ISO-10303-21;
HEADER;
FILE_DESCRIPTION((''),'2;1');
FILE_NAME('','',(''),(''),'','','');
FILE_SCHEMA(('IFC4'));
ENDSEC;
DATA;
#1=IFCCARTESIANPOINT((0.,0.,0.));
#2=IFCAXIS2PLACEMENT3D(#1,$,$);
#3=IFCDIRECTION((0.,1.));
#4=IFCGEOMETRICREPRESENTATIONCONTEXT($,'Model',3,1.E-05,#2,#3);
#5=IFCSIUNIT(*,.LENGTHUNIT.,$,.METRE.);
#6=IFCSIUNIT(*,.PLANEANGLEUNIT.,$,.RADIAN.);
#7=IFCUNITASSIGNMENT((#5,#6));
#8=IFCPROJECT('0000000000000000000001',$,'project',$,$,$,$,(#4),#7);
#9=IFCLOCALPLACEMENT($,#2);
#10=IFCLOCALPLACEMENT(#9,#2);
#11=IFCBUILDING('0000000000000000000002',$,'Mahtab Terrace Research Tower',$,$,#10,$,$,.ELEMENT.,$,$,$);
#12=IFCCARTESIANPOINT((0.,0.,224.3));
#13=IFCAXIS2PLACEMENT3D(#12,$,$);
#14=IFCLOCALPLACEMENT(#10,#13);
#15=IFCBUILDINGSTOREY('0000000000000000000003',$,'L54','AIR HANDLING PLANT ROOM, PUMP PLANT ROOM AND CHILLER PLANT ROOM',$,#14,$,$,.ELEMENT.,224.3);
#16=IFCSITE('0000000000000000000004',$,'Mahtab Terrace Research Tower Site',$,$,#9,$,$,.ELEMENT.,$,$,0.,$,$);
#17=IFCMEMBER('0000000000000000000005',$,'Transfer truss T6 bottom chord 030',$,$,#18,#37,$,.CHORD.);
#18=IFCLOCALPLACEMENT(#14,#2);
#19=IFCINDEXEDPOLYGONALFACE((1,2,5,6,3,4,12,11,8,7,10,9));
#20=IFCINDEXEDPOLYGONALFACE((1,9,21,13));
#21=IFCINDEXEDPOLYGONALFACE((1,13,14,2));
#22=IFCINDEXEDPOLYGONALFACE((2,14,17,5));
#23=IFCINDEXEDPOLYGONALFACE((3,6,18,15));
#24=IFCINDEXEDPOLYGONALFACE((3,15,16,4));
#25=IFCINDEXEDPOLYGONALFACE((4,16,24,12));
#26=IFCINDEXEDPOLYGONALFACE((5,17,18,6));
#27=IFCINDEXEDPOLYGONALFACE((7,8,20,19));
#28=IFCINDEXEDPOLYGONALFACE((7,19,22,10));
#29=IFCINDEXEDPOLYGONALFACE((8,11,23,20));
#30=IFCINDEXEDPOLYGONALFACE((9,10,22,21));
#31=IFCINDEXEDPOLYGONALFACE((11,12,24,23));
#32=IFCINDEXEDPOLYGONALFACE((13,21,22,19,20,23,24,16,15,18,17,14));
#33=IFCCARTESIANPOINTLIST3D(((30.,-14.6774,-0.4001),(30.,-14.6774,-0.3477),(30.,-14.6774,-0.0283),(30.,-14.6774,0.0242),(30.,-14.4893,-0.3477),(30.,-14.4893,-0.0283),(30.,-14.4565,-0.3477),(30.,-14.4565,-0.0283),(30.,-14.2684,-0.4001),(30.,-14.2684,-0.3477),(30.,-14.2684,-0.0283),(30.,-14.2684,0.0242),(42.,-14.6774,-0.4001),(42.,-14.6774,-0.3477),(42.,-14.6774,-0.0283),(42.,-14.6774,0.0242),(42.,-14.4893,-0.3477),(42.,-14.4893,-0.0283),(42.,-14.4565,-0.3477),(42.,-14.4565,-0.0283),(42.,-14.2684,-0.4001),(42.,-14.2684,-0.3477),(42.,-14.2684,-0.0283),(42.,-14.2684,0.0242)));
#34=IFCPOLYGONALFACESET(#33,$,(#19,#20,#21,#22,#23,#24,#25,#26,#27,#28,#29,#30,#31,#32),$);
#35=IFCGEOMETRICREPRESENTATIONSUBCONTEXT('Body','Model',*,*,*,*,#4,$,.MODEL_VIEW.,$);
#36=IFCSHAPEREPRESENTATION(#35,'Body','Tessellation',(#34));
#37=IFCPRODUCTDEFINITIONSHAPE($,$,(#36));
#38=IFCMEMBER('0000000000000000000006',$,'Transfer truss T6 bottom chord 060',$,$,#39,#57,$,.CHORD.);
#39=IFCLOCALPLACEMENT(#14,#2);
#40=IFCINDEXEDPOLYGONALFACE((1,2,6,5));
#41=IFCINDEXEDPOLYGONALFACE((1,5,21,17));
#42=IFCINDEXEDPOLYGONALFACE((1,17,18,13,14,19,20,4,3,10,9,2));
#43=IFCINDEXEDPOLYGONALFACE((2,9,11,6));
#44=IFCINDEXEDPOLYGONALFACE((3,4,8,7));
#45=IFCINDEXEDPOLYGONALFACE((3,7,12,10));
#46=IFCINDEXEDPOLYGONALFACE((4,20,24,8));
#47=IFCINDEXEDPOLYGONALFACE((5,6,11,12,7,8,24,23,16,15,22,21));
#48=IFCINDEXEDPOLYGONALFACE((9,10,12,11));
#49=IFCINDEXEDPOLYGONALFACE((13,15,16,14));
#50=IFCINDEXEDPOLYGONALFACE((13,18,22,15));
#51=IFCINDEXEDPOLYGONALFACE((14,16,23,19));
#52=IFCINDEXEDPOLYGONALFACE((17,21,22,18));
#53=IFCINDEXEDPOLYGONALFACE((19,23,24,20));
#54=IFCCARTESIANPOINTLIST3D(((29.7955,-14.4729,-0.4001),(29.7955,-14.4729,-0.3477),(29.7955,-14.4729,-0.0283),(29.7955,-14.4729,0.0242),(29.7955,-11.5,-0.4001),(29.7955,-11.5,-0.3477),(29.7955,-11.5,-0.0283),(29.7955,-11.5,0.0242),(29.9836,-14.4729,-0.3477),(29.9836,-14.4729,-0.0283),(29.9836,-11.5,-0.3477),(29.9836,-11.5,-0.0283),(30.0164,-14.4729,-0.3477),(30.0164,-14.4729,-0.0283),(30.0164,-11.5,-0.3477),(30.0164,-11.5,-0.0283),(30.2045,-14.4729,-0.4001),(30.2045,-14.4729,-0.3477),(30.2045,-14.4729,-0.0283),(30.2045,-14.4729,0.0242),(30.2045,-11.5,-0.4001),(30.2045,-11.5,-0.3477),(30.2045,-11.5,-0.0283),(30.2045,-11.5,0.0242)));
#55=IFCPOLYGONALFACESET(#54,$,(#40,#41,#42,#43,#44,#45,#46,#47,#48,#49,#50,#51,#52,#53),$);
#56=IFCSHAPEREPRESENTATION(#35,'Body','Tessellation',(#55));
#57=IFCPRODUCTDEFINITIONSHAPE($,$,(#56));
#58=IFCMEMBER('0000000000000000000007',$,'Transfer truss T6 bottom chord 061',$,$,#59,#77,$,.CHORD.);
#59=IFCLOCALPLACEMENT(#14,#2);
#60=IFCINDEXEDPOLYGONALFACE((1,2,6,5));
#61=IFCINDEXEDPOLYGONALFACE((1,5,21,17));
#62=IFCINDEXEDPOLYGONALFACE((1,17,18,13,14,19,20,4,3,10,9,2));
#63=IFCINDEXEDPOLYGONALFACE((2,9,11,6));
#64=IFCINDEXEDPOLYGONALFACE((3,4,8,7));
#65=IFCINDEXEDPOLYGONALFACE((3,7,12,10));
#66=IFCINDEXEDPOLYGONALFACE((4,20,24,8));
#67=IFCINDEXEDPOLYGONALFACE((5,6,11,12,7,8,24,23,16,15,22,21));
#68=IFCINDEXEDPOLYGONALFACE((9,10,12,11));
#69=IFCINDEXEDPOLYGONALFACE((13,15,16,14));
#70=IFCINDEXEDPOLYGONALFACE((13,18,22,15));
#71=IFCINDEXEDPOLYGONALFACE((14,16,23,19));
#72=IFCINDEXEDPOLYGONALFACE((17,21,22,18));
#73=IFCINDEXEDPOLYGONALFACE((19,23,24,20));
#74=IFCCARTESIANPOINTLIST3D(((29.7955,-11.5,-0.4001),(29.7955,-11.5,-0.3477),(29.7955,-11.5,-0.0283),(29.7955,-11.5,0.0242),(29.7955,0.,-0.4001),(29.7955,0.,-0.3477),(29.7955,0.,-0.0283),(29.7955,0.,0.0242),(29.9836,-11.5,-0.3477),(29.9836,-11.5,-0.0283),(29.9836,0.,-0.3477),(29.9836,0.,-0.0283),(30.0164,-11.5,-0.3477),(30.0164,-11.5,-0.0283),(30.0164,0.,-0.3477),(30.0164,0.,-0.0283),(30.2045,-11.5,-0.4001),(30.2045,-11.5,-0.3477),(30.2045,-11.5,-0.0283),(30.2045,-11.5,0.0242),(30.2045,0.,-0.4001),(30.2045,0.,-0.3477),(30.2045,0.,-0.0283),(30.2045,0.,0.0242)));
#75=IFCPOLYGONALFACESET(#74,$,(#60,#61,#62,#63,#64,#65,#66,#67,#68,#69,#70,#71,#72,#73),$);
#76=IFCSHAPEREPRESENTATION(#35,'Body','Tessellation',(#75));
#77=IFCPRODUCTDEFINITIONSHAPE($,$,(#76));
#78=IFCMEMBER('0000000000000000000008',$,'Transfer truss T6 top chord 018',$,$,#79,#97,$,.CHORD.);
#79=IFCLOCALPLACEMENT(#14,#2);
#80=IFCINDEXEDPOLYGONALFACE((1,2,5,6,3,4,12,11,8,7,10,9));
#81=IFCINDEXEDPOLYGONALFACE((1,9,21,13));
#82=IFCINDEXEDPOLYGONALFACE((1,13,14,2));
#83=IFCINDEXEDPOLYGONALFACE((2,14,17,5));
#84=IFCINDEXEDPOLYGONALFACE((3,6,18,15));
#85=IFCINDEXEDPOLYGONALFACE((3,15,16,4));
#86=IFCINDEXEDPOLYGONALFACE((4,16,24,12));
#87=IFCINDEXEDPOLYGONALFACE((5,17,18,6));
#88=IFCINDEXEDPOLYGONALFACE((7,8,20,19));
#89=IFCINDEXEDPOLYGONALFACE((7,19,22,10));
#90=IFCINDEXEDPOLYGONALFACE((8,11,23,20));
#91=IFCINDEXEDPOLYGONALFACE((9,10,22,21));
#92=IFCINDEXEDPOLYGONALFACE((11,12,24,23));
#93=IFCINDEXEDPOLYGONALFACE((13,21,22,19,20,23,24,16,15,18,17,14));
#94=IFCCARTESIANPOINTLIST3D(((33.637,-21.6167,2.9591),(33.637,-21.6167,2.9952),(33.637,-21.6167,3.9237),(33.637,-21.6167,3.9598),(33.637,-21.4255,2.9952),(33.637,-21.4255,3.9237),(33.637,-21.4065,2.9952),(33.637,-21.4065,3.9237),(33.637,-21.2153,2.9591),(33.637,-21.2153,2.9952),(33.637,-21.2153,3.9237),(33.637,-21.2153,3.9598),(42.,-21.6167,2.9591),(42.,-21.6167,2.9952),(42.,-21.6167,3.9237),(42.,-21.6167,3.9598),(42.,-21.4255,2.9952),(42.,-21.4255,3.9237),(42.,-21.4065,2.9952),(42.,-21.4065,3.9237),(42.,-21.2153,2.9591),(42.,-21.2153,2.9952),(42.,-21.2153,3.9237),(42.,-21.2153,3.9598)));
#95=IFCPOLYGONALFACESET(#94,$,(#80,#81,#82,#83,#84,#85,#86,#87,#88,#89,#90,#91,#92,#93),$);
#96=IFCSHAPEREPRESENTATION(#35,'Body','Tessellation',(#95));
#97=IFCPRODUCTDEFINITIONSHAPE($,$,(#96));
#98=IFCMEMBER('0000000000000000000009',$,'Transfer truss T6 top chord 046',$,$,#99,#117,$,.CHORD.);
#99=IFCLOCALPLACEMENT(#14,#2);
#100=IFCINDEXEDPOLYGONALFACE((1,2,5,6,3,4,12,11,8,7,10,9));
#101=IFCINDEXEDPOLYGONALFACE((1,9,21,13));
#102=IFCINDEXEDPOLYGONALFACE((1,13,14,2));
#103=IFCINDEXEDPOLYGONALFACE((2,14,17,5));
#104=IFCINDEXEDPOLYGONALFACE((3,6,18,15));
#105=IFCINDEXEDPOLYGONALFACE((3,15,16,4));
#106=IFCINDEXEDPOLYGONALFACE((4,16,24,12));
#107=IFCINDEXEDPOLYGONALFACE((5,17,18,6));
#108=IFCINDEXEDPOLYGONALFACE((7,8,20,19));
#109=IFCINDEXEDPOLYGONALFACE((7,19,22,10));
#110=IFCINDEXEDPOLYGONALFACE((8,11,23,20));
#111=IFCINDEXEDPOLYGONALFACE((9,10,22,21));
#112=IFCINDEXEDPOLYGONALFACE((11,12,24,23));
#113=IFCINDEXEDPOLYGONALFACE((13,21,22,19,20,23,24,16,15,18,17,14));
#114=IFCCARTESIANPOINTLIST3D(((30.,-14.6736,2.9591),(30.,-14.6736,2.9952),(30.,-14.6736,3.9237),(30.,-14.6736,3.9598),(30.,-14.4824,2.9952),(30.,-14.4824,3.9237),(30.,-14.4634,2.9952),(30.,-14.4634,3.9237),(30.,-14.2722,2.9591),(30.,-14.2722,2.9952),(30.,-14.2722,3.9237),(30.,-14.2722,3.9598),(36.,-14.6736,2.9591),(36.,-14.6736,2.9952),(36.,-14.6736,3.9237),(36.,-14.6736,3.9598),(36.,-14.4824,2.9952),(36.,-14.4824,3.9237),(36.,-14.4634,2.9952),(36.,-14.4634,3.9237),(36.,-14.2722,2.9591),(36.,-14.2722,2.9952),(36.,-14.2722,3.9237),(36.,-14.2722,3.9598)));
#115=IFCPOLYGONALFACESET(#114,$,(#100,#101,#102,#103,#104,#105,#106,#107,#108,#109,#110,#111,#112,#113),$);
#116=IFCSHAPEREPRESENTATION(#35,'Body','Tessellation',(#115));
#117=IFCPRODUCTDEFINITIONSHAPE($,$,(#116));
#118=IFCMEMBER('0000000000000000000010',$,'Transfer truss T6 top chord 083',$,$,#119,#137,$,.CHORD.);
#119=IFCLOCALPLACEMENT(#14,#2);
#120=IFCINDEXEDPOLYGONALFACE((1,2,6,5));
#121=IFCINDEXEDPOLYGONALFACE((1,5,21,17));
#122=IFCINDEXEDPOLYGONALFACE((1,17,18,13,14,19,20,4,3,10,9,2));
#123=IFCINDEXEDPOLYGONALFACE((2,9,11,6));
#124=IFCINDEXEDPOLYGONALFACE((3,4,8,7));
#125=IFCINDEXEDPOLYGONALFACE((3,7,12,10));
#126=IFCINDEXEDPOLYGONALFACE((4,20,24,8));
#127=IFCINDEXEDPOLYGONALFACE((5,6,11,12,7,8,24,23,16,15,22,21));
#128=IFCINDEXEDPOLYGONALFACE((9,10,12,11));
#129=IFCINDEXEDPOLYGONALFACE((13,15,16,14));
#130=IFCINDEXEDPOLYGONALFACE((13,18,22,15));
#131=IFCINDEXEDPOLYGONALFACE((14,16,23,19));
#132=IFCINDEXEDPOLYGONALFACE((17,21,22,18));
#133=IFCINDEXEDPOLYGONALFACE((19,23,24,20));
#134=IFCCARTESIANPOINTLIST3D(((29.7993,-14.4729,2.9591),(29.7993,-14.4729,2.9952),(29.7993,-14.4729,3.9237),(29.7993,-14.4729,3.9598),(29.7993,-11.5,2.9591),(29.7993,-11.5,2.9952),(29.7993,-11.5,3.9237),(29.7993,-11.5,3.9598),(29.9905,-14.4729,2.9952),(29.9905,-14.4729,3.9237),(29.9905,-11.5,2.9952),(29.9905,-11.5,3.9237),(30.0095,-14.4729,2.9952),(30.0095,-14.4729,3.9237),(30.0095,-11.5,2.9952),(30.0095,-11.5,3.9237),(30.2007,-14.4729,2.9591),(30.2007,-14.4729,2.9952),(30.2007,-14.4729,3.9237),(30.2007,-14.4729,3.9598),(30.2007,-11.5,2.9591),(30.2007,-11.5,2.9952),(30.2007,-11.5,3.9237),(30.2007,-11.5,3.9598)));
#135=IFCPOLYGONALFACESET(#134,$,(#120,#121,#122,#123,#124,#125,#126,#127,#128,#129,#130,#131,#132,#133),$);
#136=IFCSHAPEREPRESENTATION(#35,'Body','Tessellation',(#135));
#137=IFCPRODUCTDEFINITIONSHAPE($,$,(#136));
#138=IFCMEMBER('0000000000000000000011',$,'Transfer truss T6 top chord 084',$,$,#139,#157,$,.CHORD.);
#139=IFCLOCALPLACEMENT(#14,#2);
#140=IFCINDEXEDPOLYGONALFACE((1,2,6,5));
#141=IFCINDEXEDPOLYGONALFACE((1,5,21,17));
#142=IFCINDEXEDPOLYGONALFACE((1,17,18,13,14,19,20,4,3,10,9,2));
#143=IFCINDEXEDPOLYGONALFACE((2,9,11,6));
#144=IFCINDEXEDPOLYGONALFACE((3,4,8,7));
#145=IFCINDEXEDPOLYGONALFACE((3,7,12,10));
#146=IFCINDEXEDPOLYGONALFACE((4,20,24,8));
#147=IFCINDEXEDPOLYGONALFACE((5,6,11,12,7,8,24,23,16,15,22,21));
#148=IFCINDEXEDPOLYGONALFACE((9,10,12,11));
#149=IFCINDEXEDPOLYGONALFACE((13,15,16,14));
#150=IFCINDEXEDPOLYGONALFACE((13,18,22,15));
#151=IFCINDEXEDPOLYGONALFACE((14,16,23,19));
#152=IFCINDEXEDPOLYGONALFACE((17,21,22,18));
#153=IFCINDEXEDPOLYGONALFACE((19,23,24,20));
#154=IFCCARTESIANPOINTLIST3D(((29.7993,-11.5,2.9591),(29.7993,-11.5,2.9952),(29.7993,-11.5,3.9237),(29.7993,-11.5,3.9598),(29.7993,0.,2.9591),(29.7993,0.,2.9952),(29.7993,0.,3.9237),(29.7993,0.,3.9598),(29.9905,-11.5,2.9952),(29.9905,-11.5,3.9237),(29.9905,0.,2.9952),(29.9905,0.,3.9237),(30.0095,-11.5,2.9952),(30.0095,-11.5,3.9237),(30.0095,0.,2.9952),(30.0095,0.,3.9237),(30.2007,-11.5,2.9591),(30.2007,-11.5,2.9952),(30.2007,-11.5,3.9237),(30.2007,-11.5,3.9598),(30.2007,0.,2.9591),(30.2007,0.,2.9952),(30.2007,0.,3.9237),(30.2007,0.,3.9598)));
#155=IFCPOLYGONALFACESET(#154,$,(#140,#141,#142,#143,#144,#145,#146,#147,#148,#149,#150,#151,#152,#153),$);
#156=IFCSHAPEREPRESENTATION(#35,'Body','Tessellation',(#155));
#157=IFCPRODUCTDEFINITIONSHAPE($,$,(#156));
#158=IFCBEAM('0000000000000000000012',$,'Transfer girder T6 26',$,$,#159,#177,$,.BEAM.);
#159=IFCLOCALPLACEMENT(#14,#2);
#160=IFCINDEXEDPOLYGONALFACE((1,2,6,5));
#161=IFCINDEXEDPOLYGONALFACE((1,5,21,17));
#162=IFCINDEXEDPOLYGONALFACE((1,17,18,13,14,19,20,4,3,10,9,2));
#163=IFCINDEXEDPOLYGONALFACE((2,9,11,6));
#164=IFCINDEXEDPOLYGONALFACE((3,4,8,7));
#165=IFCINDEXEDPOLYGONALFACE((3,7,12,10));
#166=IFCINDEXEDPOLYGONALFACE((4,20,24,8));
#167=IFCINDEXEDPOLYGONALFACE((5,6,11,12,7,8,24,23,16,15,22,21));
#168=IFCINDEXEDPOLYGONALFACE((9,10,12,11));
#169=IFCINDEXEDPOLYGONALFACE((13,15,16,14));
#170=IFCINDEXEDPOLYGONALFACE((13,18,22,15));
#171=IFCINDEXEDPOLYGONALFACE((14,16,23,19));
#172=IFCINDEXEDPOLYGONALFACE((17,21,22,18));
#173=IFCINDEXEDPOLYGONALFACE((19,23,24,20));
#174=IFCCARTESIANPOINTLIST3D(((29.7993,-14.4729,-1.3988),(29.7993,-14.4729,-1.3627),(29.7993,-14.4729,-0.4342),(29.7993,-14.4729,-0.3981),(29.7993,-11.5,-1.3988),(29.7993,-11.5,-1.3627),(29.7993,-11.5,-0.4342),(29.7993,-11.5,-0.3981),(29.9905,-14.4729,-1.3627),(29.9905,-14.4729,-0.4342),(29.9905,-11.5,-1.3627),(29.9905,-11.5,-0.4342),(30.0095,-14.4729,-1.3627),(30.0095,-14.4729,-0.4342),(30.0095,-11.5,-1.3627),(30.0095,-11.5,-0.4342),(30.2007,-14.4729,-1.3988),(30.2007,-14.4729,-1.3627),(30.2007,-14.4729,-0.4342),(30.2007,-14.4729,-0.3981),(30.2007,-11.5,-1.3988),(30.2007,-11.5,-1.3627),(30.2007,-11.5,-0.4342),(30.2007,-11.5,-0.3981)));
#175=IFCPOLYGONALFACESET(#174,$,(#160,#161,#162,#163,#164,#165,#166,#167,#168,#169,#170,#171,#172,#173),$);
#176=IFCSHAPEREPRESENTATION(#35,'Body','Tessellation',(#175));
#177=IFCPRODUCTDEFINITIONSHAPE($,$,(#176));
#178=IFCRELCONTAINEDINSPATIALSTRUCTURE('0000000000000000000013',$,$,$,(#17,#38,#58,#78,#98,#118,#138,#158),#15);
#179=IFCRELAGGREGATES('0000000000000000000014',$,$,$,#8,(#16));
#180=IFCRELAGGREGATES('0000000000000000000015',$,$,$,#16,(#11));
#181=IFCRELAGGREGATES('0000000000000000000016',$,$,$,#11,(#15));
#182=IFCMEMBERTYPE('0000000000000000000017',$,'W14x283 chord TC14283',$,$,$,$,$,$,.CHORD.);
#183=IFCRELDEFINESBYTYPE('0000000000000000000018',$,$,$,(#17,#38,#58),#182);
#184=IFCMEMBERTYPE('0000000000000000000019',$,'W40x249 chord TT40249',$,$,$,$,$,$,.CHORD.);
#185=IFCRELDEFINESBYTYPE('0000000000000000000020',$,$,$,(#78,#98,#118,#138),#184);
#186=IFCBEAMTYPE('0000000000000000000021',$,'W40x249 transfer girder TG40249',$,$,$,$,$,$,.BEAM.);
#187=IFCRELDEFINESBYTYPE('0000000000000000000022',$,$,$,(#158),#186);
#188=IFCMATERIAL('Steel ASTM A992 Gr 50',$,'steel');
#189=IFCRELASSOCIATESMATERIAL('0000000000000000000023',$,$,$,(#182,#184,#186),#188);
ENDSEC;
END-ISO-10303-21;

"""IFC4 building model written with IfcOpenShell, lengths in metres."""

from ifc_helpers import new_model, si_unit, direction, frame, origin, origin_2d, place, context, subcontext, project, spatial, i_section, extrude, material, material_profile, profile_set, type_object, element, save


model = new_model("IFC4")

# Units and contexts
model_context = context("Model", 3, precision=1e-05, world=origin(), true_north=direction((0.0, 1.0)))
body_context = subcontext(model_context, "Body", "Model", "MODEL_VIEW")
ifc_project = project(units=[si_unit("LENGTHUNIT", "METRE"), si_unit("PLANEANGLEUNIT", "RADIAN")], contexts=[model_context])

# Site, building, storey
site_placement = place(None, origin())
site = spatial("IfcSite", under=ifc_project, at=site_placement, Name="Mahtab Terrace Research Tower Site", CompositionType="ELEMENT", RefElevation=0.0)
building_placement = place(site_placement, origin())
building = spatial("IfcBuilding", under=site, at=building_placement, Name="Mahtab Terrace Research Tower", CompositionType="ELEMENT")
storey_placement = place(building_placement, frame((0.0, 0.0, 224.3)))
storey = spatial("IfcBuildingStorey", under=building, at=storey_placement, Name="L54", Description="AIR HANDLING PLANT ROOM, PUMP PLANT ROOM AND CHILLER PLANT ROOM", CompositionType="ELEMENT", Elevation=224.3)

# Shared definitions
ifc_material_1 = material(Name="Steel ASTM A992 Gr 50", Category="steel")

# Members
ifc_material_profile_1 = material_profile(ifc_material_1, i_section(OverallWidth=0.4089, OverallDepth=0.4243, WebThickness=0.0327, FlangeThickness=0.0525, at=origin_2d()), Name="W14X283")
ifc_profile_set_1 = profile_set([ifc_material_profile_1], Name="Steel ASTM A992 Gr 50")
member_type_1 = type_object("IfcMemberType", Name="W14x283 chord TC14283", PredefinedType="CHORD", material=ifc_profile_set_1)
member_1_placement = place(storey_placement, frame((30.0, -14.4729, -0.188), z_axis=(1.0, 0.0, 0.0), x_axis=(0.0, 1.0, 0.0)))
element("IfcMember", 1, at=member_1_placement, inside=storey, type_object=member_type_1, Name="Transfer truss T6 bottom chord 030", PredefinedType="CHORD", context=body_context, shape_type="SweptSolid", body=[
    extrude(i_section(OverallWidth=0.4089, OverallDepth=0.4243, WebThickness=0.0327, FlangeThickness=0.0525, at=origin_2d()), origin(), (0.0, 0.0, 1.0), 12.0),
])
member_2_placement = place(storey_placement, frame((30.0, -14.4729, -0.188), z_axis=(0.0, 1.0, 0.0), x_axis=(-1.0, 0.0, 0.0)))
element("IfcMember", 2, at=member_2_placement, inside=storey, type_object=member_type_1, Name="Transfer truss T6 bottom chord 060", PredefinedType="CHORD", context=body_context, shape_type="SweptSolid", body=[
    extrude(i_section(OverallWidth=0.4089, OverallDepth=0.4243, WebThickness=0.0327, FlangeThickness=0.0525, at=origin_2d()), origin(), (0.0, 0.0, 1.0), 2.9729),
])
member_3_placement = place(storey_placement, frame((30.0, -11.5, -0.188), z_axis=(0.0, 1.0, 0.0), x_axis=(-1.0, 0.0, 0.0)))
element("IfcMember", 3, at=member_3_placement, inside=storey, type_object=member_type_1, Name="Transfer truss T6 bottom chord 061", PredefinedType="CHORD", context=body_context, shape_type="SweptSolid", body=[
    extrude(i_section(OverallWidth=0.4089, OverallDepth=0.4243, WebThickness=0.0327, FlangeThickness=0.0525, at=origin_2d()), origin(), (0.0, 0.0, 1.0), 11.5),
])
ifc_material_profile_2 = material_profile(ifc_material_1, i_section(OverallWidth=0.4014, OverallDepth=1.0007, WebThickness=0.019, FlangeThickness=0.0361, at=origin_2d()), Name="W40X249")
ifc_profile_set_2 = profile_set([ifc_material_profile_2], Name="Steel ASTM A992 Gr 50")
member_type_2 = type_object("IfcMemberType", Name="W40x249 chord TT40249", PredefinedType="CHORD", material=ifc_profile_set_2)
member_4_placement = place(storey_placement, frame((33.637, -21.416, 3.4595), z_axis=(1.0, 0.0, 0.0), x_axis=(0.0, 1.0, 0.0)))
element("IfcMember", 4, at=member_4_placement, inside=storey, type_object=member_type_2, Name="Transfer truss T6 top chord 018", PredefinedType="CHORD", context=body_context, shape_type="SweptSolid", body=[
    extrude(i_section(OverallWidth=0.4014, OverallDepth=1.0007, WebThickness=0.019, FlangeThickness=0.0361, at=origin_2d()), origin(), (0.0, 0.0, 1.0), 8.363),
])
member_5_placement = place(storey_placement, frame((30.0, -14.4729, 3.4595), z_axis=(1.0, 0.0, 0.0), x_axis=(0.0, 1.0, 0.0)))
element("IfcMember", 5, at=member_5_placement, inside=storey, type_object=member_type_2, Name="Transfer truss T6 top chord 046", PredefinedType="CHORD", context=body_context, shape_type="SweptSolid", body=[
    extrude(i_section(OverallWidth=0.4014, OverallDepth=1.0007, WebThickness=0.019, FlangeThickness=0.0361, at=origin_2d()), origin(), (0.0, 0.0, 1.0), 6.0),
])
member_6_placement = place(storey_placement, frame((30.0, -14.4729, 3.4595), z_axis=(0.0, 1.0, 0.0), x_axis=(-1.0, 0.0, 0.0)))
element("IfcMember", 6, at=member_6_placement, inside=storey, type_object=member_type_2, Name="Transfer truss T6 top chord 083", PredefinedType="CHORD", context=body_context, shape_type="SweptSolid", body=[
    extrude(i_section(OverallWidth=0.4014, OverallDepth=1.0007, WebThickness=0.019, FlangeThickness=0.0361, at=origin_2d()), origin(), (0.0, 0.0, 1.0), 2.9729),
])
member_7_placement = place(storey_placement, frame((30.0, -11.5, 3.4595), z_axis=(0.0, 1.0, 0.0), x_axis=(-1.0, 0.0, 0.0)))
element("IfcMember", 7, at=member_7_placement, inside=storey, type_object=member_type_2, Name="Transfer truss T6 top chord 084", PredefinedType="CHORD", context=body_context, shape_type="SweptSolid", body=[
    extrude(i_section(OverallWidth=0.4014, OverallDepth=1.0007, WebThickness=0.019, FlangeThickness=0.0361, at=origin_2d()), origin(), (0.0, 0.0, 1.0), 11.5),
])

# Beam
ifc_material_profile_3 = material_profile(ifc_material_1, i_section(OverallWidth=0.4014, OverallDepth=1.0007, WebThickness=0.019, FlangeThickness=0.0361, at=origin_2d()), Name="W40X249")
ifc_profile_set_3 = profile_set([ifc_material_profile_3], Name="Steel ASTM A992 Gr 50")
beam_type = type_object("IfcBeamType", Name="W40x249 transfer girder TG40249", PredefinedType="BEAM", material=ifc_profile_set_3)
beam_placement = place(storey_placement, frame((30.0, -14.4729, -0.8984), z_axis=(0.0, 1.0, 0.0), x_axis=(-1.0, 0.0, 0.0)))
element("IfcBeam", 8, at=beam_placement, inside=storey, type_object=beam_type, Name="Transfer girder T6 26", PredefinedType="BEAM", context=body_context, shape_type="SweptSolid", body=[
    extrude(i_section(OverallWidth=0.4014, OverallDepth=1.0007, WebThickness=0.019, FlangeThickness=0.0361, at=origin_2d()), origin(), (0.0, 0.0, 1.0), 2.9729),
])

save(model, "model.ifc")
